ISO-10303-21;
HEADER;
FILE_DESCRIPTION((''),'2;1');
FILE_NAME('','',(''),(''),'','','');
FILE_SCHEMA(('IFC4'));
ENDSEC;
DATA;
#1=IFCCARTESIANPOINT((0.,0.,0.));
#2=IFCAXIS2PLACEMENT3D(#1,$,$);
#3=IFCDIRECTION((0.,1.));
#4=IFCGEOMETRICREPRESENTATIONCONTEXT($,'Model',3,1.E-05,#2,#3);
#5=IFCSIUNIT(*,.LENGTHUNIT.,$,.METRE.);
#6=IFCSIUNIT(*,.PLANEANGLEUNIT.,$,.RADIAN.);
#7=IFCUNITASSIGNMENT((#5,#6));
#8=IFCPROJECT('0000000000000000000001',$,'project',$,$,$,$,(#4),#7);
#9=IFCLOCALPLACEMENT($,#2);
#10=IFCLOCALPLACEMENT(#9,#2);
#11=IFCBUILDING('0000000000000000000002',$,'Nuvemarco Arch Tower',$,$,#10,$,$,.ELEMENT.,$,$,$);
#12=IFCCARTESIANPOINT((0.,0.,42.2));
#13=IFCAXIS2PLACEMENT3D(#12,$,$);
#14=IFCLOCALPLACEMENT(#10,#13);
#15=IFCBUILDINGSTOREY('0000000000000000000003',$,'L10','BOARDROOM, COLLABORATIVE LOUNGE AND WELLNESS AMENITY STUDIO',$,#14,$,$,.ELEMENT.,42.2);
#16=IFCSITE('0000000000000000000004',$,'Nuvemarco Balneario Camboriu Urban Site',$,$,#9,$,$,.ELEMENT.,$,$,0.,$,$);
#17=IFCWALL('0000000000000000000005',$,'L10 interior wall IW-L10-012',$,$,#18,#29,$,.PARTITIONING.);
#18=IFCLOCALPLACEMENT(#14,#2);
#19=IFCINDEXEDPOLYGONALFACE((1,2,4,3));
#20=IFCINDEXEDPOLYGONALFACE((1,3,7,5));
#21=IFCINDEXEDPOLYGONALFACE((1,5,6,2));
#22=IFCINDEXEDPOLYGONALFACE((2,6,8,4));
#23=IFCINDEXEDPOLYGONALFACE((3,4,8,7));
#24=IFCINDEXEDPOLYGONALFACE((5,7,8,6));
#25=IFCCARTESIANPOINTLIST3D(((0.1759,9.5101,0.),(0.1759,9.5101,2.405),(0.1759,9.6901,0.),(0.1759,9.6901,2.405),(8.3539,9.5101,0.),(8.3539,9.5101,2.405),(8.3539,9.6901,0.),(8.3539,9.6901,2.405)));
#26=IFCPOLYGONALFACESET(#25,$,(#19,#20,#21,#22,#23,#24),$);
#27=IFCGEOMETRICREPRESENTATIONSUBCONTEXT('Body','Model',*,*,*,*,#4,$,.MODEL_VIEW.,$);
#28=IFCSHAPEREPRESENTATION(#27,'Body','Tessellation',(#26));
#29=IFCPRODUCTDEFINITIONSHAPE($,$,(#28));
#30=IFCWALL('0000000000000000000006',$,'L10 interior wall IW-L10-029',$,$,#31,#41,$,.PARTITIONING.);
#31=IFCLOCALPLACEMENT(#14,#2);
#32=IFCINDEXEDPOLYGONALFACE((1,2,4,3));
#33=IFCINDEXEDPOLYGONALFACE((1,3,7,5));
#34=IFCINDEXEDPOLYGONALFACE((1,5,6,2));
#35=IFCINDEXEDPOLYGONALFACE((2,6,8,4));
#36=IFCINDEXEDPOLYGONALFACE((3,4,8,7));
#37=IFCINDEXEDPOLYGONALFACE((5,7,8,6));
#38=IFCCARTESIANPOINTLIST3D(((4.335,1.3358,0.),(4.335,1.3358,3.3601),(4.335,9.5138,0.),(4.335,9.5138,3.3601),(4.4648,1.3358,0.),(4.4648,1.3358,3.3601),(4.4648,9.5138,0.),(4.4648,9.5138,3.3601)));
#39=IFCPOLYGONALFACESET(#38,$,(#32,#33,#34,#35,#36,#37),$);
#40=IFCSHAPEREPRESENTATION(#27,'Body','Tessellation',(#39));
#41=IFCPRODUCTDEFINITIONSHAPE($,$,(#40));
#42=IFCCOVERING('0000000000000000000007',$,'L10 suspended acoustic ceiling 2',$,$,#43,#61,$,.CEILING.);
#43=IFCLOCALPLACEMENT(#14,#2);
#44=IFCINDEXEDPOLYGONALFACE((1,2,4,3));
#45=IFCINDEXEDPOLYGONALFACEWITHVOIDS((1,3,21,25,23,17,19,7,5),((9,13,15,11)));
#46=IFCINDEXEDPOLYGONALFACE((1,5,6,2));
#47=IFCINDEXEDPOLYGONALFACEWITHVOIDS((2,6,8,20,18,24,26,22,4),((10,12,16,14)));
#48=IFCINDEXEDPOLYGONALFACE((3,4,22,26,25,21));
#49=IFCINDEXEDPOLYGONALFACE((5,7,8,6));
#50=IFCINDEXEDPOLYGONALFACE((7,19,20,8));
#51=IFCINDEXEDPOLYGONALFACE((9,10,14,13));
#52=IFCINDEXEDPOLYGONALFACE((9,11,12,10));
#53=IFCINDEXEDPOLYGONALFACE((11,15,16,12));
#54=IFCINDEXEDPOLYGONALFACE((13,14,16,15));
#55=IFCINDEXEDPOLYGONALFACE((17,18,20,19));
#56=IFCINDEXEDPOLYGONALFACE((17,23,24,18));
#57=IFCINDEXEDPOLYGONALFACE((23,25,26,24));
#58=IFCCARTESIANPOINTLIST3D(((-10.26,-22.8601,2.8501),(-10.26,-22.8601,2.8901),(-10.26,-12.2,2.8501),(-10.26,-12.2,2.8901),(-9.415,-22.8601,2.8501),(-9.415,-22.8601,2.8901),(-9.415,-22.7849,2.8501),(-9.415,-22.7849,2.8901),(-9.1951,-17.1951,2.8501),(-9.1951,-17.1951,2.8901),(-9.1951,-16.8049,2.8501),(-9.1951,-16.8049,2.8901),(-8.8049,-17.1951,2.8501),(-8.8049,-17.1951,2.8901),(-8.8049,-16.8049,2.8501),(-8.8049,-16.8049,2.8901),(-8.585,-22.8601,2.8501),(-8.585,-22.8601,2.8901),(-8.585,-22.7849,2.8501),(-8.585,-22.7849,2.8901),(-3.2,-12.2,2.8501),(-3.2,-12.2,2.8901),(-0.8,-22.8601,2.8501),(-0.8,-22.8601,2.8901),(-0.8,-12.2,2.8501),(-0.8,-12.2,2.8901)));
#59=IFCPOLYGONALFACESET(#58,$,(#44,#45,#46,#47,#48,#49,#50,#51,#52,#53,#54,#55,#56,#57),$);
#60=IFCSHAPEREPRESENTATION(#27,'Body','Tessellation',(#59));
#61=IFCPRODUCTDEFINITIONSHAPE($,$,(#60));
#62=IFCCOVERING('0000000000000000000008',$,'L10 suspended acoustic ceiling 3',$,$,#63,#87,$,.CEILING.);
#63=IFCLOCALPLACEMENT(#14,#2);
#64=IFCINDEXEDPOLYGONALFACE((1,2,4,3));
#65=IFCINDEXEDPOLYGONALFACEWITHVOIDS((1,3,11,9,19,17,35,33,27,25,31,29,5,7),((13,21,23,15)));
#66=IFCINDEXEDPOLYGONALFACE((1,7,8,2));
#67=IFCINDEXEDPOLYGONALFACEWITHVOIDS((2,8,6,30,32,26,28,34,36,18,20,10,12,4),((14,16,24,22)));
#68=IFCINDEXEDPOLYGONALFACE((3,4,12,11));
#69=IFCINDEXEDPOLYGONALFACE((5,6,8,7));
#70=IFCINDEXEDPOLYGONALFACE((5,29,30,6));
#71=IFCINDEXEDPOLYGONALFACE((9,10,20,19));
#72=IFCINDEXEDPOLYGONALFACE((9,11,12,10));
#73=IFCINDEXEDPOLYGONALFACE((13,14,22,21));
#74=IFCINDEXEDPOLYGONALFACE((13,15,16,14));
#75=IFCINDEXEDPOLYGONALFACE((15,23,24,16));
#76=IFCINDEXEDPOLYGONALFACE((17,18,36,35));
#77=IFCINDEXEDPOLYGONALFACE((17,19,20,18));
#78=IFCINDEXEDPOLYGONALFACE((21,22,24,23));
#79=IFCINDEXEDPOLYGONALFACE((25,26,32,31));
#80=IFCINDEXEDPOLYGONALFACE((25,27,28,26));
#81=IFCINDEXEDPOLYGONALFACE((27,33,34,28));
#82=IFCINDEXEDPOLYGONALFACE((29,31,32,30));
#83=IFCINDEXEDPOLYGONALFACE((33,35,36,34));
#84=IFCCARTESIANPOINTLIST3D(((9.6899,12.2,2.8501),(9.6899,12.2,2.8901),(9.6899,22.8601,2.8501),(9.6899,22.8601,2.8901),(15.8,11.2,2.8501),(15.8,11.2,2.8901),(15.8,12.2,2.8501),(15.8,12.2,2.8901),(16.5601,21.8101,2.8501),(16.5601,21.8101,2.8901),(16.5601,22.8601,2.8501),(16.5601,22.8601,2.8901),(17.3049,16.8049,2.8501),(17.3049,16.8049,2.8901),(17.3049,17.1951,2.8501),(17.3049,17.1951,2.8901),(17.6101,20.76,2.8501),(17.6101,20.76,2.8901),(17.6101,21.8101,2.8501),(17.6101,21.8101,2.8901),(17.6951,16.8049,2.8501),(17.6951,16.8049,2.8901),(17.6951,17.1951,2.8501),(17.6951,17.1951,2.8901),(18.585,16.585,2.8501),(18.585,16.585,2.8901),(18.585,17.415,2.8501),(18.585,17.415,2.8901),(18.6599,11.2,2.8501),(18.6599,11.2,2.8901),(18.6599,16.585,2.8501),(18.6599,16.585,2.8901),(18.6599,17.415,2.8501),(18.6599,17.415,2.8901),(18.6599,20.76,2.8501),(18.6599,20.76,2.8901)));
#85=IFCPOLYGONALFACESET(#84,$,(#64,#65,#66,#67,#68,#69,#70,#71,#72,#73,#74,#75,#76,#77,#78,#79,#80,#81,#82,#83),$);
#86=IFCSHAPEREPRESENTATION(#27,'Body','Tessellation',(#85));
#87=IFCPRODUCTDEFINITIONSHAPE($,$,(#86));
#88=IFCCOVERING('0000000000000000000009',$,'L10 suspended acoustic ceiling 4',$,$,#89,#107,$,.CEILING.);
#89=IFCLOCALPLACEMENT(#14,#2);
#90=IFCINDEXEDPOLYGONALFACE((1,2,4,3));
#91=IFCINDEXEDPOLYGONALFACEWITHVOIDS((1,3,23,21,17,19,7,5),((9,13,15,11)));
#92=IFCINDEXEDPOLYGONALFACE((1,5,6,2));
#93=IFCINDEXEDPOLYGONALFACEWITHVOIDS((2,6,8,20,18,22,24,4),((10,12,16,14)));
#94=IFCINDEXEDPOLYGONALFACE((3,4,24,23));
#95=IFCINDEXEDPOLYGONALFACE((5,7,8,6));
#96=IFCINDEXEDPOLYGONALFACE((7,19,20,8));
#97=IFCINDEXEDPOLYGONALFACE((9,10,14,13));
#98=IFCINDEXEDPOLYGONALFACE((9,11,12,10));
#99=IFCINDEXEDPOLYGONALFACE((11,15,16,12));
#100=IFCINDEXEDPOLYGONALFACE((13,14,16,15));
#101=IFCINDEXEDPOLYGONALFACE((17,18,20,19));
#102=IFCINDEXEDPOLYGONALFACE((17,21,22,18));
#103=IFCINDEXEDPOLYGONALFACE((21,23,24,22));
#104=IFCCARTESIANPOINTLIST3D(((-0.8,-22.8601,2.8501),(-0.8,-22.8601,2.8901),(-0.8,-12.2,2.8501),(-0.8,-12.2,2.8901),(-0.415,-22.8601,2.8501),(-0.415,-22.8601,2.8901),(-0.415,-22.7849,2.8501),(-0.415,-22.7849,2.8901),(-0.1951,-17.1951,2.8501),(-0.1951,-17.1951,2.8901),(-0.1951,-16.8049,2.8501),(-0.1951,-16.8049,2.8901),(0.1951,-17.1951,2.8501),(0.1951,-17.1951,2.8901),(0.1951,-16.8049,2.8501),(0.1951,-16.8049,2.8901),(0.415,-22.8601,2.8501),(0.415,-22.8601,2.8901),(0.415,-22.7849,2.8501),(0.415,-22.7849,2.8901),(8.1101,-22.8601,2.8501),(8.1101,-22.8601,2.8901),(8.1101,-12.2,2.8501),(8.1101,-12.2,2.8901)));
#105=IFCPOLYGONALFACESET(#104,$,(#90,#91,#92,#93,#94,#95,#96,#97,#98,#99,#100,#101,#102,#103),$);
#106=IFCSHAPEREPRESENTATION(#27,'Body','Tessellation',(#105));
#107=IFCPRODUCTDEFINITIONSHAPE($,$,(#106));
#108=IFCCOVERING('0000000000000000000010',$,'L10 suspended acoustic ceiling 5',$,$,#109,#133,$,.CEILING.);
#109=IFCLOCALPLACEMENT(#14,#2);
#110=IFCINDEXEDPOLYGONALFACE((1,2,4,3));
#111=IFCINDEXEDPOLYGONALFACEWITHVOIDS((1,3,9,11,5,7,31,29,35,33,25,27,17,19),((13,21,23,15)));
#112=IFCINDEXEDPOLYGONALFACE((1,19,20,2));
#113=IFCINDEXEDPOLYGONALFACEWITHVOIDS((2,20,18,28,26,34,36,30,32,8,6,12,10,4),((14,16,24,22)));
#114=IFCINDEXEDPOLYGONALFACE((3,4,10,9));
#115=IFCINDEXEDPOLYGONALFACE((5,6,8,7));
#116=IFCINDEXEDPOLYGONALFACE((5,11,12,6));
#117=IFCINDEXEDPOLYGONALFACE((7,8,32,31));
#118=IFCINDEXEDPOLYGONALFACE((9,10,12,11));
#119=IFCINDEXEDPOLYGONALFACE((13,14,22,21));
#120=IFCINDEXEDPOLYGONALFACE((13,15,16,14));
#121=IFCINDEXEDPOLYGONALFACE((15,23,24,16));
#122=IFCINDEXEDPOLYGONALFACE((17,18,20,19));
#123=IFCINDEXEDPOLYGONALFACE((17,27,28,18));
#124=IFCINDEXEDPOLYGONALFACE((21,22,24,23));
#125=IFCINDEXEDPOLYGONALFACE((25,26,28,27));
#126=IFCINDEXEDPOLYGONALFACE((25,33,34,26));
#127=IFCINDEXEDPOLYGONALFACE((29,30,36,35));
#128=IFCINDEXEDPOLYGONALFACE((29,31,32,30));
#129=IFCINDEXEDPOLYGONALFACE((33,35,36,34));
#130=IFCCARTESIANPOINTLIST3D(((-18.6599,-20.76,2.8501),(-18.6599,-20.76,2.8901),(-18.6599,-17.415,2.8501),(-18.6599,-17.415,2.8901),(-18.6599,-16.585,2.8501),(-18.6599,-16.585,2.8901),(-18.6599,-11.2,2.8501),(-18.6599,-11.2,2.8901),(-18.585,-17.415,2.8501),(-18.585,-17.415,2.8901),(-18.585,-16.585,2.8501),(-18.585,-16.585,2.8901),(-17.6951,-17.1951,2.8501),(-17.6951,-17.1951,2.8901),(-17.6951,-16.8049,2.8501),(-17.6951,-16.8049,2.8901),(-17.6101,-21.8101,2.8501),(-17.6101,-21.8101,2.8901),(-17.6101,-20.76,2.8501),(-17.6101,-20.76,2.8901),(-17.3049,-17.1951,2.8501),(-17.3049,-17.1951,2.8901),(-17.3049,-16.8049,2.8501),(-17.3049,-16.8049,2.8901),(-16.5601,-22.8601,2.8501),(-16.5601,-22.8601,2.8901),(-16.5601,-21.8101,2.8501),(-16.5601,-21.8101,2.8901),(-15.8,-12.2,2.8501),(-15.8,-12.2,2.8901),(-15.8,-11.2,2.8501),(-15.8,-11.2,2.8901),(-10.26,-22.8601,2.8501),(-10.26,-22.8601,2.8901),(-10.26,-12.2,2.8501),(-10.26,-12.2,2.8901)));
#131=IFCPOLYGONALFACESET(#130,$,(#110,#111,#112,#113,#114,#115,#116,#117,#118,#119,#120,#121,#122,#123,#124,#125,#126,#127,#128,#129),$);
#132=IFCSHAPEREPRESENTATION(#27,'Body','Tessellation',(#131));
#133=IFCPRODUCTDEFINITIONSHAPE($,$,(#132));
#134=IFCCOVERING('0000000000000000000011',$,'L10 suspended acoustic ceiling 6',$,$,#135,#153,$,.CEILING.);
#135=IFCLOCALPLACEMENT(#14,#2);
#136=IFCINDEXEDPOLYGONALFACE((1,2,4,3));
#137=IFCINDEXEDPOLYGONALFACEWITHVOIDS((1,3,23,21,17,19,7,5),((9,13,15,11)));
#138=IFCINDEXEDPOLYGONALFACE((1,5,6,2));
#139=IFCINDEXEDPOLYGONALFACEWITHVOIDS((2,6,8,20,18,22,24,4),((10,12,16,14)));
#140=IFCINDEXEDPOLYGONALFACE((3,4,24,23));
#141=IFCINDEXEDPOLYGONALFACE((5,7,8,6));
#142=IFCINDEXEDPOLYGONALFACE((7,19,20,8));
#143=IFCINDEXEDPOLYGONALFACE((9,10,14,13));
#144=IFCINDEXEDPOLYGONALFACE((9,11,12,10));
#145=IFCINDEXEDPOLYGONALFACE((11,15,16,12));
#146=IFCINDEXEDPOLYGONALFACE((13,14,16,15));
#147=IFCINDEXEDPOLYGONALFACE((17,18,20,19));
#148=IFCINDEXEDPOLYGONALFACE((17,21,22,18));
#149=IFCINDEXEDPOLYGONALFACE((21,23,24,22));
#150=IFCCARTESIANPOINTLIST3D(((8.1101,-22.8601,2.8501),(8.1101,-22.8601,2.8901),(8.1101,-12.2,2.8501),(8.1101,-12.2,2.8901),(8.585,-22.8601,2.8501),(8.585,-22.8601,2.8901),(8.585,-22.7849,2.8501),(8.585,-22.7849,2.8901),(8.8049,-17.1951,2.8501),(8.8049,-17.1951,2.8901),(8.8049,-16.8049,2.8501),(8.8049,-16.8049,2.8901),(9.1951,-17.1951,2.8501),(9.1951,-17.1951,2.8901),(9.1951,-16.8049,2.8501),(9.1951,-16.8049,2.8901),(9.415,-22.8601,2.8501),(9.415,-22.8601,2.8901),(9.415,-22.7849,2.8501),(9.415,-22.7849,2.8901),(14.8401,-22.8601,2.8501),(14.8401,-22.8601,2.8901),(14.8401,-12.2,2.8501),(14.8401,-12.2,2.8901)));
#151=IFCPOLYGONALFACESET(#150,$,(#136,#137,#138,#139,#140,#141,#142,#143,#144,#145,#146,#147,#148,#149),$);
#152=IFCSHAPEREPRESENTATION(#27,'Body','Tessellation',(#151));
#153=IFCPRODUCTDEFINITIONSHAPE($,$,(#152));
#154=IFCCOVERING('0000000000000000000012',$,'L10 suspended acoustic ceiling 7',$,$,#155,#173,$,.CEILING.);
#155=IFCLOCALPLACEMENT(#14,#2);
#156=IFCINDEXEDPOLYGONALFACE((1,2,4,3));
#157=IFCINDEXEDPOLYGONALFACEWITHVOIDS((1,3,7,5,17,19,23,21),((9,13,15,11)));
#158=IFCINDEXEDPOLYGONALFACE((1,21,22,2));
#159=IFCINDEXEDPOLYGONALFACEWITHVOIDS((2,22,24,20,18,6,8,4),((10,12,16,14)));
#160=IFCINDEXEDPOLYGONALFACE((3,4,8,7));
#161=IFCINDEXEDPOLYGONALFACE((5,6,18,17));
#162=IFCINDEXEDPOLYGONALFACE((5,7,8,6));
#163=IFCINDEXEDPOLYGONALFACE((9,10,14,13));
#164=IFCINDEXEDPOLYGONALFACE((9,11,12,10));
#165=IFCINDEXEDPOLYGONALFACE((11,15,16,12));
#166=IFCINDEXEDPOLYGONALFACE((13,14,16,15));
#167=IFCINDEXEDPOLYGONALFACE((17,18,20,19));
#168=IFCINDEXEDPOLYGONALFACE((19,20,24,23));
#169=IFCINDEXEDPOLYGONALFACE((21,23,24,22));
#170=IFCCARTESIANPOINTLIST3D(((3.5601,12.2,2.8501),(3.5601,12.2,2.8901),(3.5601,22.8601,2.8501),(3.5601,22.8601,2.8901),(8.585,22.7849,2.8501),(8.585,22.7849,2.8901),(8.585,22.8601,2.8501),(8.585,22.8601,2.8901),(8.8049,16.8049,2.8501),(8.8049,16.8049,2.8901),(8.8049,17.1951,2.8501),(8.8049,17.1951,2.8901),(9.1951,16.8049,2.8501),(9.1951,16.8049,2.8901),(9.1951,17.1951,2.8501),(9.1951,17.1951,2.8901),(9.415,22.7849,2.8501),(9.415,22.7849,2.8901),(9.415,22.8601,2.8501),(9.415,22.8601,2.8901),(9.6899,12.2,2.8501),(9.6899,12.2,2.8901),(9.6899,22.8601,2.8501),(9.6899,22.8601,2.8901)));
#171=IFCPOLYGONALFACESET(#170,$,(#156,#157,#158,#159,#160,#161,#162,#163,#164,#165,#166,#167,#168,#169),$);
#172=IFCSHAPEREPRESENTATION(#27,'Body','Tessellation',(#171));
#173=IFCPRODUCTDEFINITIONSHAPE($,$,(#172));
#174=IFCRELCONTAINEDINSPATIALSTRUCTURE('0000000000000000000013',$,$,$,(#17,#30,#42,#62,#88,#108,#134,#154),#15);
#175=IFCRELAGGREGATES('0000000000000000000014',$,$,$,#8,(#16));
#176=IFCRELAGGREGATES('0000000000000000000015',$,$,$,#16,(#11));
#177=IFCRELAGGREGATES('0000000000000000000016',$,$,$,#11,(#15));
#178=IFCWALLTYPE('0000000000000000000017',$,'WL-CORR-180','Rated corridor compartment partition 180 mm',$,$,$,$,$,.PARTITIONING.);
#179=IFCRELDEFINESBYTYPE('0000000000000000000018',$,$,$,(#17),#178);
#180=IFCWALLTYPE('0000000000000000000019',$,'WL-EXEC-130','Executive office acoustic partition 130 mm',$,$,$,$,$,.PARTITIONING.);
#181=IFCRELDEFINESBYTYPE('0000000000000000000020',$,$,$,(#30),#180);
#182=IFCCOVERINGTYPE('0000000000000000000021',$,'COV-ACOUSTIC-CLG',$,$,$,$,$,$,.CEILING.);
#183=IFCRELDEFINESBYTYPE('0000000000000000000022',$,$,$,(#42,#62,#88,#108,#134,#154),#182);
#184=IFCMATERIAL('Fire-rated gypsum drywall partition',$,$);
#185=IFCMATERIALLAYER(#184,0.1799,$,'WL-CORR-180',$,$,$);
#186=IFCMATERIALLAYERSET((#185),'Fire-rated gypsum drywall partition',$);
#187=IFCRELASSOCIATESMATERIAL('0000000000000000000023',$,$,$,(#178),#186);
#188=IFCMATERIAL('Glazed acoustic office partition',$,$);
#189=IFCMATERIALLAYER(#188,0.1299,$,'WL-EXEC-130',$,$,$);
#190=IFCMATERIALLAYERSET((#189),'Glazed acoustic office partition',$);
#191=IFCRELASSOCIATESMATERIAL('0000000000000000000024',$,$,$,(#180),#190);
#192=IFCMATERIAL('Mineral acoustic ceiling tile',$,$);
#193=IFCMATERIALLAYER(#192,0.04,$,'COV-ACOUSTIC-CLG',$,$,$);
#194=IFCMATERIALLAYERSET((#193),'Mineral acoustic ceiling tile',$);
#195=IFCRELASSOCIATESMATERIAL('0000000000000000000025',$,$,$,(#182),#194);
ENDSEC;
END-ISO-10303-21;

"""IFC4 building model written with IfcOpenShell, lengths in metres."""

from ifc_helpers import new_model, si_unit, direction, frame, frame_2d, origin, place, context, subcontext, project, spatial, polyline, rectangle, outline, extrude, material, layer, layer_set, type_object, element, save


model = new_model("IFC4")

# Units and contexts
model_context = context("Model", 3, precision=1e-05, world=origin(), true_north=direction((0.0, 1.0)))
body_context = subcontext(model_context, "Body", "Model", "MODEL_VIEW")
ifc_project = project(units=[si_unit("LENGTHUNIT", "METRE"), si_unit("PLANEANGLEUNIT", "RADIAN")], contexts=[model_context])

# Site, building, storey
site_placement = place(None, origin())
site = spatial("IfcSite", under=ifc_project, at=site_placement, Name="Nuvemarco Balneario Camboriu Urban Site", CompositionType="ELEMENT", RefElevation=0.0)
building_placement = place(site_placement, origin())
building = spatial("IfcBuilding", under=site, at=building_placement, Name="Nuvemarco Arch Tower", CompositionType="ELEMENT")
storey_placement = place(building_placement, frame((0.0, 0.0, 42.2)))
storey = spatial("IfcBuildingStorey", under=building, at=storey_placement, Name="L10", Description="BOARDROOM, COLLABORATIVE LOUNGE AND WELLNESS AMENITY STUDIO", CompositionType="ELEMENT", Elevation=42.2)

# Walls
ifc_material_1 = material(Name="Fire-rated gypsum drywall partition")
ifc_layer_1 = layer(ifc_material_1, 0.1799, Name="WL-CORR-180")
ifc_layer_set_1 = layer_set([ifc_layer_1], Name="Fire-rated gypsum drywall partition")
wall_type_1 = type_object("IfcWallType", Name="WL-CORR-180", Description="Rated corridor compartment partition 180 mm", PredefinedType="PARTITIONING", material=ifc_layer_set_1)
wall_1_placement = place(storey_placement, frame((0.176, 9.6001, 0.0), z_axis=(0.0, 0.0, 1.0), x_axis=(1.0, 0.0, 0.0)))
element("IfcWall", 1, at=wall_1_placement, inside=storey, type_object=wall_type_1, Name="L10 interior wall IW-L10-012", PredefinedType="PARTITIONING", context=body_context, shape_type="SweptSolid", body=[
    extrude(rectangle(XDim=8.178, YDim=0.1799, at=frame_2d((4.0889, 0.0))), origin(), (0.0, 0.0, 1.0), 2.405),
])
ifc_material_2 = material(Name="Glazed acoustic office partition")
ifc_layer_2 = layer(ifc_material_2, 0.1299, Name="WL-EXEC-130")
ifc_layer_set_2 = layer_set([ifc_layer_2], Name="Glazed acoustic office partition")
wall_type_2 = type_object("IfcWallType", Name="WL-EXEC-130", Description="Executive office acoustic partition 130 mm", PredefinedType="PARTITIONING", material=ifc_layer_set_2)
wall_2_placement = place(storey_placement, frame((4.3999, 1.3359, 0.0), z_axis=(0.0, 0.0, 1.0), x_axis=(0.0, 1.0, 0.0)))
element("IfcWall", 2, at=wall_2_placement, inside=storey, type_object=wall_type_2, Name="L10 interior wall IW-L10-029", PredefinedType="PARTITIONING", context=body_context, shape_type="SweptSolid", body=[
    extrude(rectangle(XDim=8.178, YDim=0.1299, at=frame_2d((4.0889, 0.0))), origin(), (0.0, 0.0, 1.0), 3.3601),
])

# Coverings
ifc_material_3 = material(Name="Mineral acoustic ceiling tile")
ifc_layer_3 = layer(ifc_material_3, 0.04, Name="COV-ACOUSTIC-CLG")
ifc_layer_set_3 = layer_set([ifc_layer_3], Name="Mineral acoustic ceiling tile")
covering_type_1 = type_object("IfcCoveringType", Name="COV-ACOUSTIC-CLG", PredefinedType="CEILING", material=ifc_layer_set_3)
covering_1_placement = place(storey_placement, frame((0.0, 0.0, 2.8501)))
element("IfcCovering", 3, at=covering_1_placement, inside=storey, type_object=covering_type_1, Name="L10 suspended acoustic ceiling 2", PredefinedType="CEILING", context=body_context, shape_type="SweptSolid", body=[
    extrude(outline(polyline([(-0.8, -22.8601), (-8.585, -22.8601), (-8.585, -22.7849), (-9.415, -22.7849), (-9.415, -22.8601), (-10.26, -22.8601), (-10.26, -12.2), (-3.2, -12.2), (-0.8, -12.2), (-0.8, -22.8601)]), holes=[polyline([(-8.8049, -17.1951), (-8.8049, -16.8049), (-9.1951, -16.8049), (-9.1951, -17.1951), (-8.8049, -17.1951)])]), origin(), (0.0, 0.0, 1.0), 0.04),
])
covering_2_placement = place(storey_placement, frame((0.0, 0.0, 2.8501)))
element("IfcCovering", 4, at=covering_2_placement, inside=storey, type_object=covering_type_1, Name="L10 suspended acoustic ceiling 3", PredefinedType="CEILING", context=body_context, shape_type="SweptSolid", body=[
    extrude(outline(polyline([(18.6599, 20.76), (18.6599, 17.415), (18.585, 17.415), (18.585, 16.585), (18.6599, 16.585), (18.6599, 11.2), (15.8, 11.2), (15.8, 12.2), (9.6899, 12.2), (9.6899, 22.8601), (16.5601, 22.8601), (16.5601, 21.8101), (17.6101, 21.8101), (17.6101, 20.76), (18.6599, 20.76)]), holes=[polyline([(17.6951, 16.8049), (17.6951, 17.1951), (17.3049, 17.1951), (17.3049, 16.8049), (17.6951, 16.8049)])]), origin(), (0.0, 0.0, 1.0), 0.04),
])
covering_3_placement = place(storey_placement, frame((0.0, 0.0, 2.8501)))
element("IfcCovering", 5, at=covering_3_placement, inside=storey, type_object=covering_type_1, Name="L10 suspended acoustic ceiling 4", PredefinedType="CEILING", context=body_context, shape_type="SweptSolid", body=[
    extrude(outline(polyline([(0.415, -22.8601), (0.415, -22.7849), (-0.415, -22.7849), (-0.415, -22.8601), (-0.8, -22.8601), (-0.8, -12.2), (8.1101, -12.2), (8.1101, -22.8601), (0.415, -22.8601)]), holes=[polyline([(0.1951, -17.1951), (0.1951, -16.8049), (-0.1951, -16.8049), (-0.1951, -17.1951), (0.1951, -17.1951)])]), origin(), (0.0, 0.0, 1.0), 0.04),
])
covering_4_placement = place(storey_placement, frame((0.0, 0.0, 2.8501)))
element("IfcCovering", 6, at=covering_4_placement, inside=storey, type_object=covering_type_1, Name="L10 suspended acoustic ceiling 5", PredefinedType="CEILING", context=body_context, shape_type="SweptSolid", body=[
    extrude(outline(polyline([(-18.6599, -20.76), (-18.6599, -17.415), (-18.585, -17.415), (-18.585, -16.585), (-18.6599, -16.585), (-18.6599, -11.2), (-15.8, -11.2), (-15.8, -12.2), (-10.26, -12.2), (-10.26, -22.8601), (-16.5601, -22.8601), (-16.5601, -21.8101), (-17.6101, -21.8101), (-17.6101, -20.76), (-18.6599, -20.76)]), holes=[polyline([(-17.3049, -16.8049), (-17.6951, -16.8049), (-17.6951, -17.1951), (-17.3049, -17.1951), (-17.3049, -16.8049)])]), origin(), (0.0, 0.0, 1.0), 0.04),
])
covering_5_placement = place(storey_placement, frame((0.0, 0.0, 2.8501)))
element("IfcCovering", 7, at=covering_5_placement, inside=storey, type_object=covering_type_1, Name="L10 suspended acoustic ceiling 6", PredefinedType="CEILING", context=body_context, shape_type="SweptSolid", body=[
    extrude(outline(polyline([(9.415, -22.8601), (9.415, -22.7849), (8.585, -22.7849), (8.585, -22.8601), (8.1101, -22.8601), (8.1101, -12.2), (14.8401, -12.2), (14.8401, -22.8601), (9.415, -22.8601)]), holes=[polyline([(9.1951, -17.1951), (9.1951, -16.8049), (8.8049, -16.8049), (8.8049, -17.1951), (9.1951, -17.1951)])]), origin(), (0.0, 0.0, 1.0), 0.04),
])
covering_6_placement = place(storey_placement, frame((0.0, 0.0, 2.8501)))
element("IfcCovering", 8, at=covering_6_placement, inside=storey, type_object=covering_type_1, Name="L10 suspended acoustic ceiling 7", PredefinedType="CEILING", context=body_context, shape_type="SweptSolid", body=[
    extrude(outline(polyline([(9.6899, 12.2), (3.5601, 12.2), (3.5601, 22.8601), (8.585, 22.8601), (8.585, 22.7849), (9.415, 22.7849), (9.415, 22.8601), (9.6899, 22.8601), (9.6899, 12.2)]), holes=[polyline([(9.1951, 17.1951), (8.8049, 17.1951), (8.8049, 16.8049), (9.1951, 16.8049), (9.1951, 17.1951)])]), origin(), (0.0, 0.0, 1.0), 0.04),
])

save(model, "model.ifc")
